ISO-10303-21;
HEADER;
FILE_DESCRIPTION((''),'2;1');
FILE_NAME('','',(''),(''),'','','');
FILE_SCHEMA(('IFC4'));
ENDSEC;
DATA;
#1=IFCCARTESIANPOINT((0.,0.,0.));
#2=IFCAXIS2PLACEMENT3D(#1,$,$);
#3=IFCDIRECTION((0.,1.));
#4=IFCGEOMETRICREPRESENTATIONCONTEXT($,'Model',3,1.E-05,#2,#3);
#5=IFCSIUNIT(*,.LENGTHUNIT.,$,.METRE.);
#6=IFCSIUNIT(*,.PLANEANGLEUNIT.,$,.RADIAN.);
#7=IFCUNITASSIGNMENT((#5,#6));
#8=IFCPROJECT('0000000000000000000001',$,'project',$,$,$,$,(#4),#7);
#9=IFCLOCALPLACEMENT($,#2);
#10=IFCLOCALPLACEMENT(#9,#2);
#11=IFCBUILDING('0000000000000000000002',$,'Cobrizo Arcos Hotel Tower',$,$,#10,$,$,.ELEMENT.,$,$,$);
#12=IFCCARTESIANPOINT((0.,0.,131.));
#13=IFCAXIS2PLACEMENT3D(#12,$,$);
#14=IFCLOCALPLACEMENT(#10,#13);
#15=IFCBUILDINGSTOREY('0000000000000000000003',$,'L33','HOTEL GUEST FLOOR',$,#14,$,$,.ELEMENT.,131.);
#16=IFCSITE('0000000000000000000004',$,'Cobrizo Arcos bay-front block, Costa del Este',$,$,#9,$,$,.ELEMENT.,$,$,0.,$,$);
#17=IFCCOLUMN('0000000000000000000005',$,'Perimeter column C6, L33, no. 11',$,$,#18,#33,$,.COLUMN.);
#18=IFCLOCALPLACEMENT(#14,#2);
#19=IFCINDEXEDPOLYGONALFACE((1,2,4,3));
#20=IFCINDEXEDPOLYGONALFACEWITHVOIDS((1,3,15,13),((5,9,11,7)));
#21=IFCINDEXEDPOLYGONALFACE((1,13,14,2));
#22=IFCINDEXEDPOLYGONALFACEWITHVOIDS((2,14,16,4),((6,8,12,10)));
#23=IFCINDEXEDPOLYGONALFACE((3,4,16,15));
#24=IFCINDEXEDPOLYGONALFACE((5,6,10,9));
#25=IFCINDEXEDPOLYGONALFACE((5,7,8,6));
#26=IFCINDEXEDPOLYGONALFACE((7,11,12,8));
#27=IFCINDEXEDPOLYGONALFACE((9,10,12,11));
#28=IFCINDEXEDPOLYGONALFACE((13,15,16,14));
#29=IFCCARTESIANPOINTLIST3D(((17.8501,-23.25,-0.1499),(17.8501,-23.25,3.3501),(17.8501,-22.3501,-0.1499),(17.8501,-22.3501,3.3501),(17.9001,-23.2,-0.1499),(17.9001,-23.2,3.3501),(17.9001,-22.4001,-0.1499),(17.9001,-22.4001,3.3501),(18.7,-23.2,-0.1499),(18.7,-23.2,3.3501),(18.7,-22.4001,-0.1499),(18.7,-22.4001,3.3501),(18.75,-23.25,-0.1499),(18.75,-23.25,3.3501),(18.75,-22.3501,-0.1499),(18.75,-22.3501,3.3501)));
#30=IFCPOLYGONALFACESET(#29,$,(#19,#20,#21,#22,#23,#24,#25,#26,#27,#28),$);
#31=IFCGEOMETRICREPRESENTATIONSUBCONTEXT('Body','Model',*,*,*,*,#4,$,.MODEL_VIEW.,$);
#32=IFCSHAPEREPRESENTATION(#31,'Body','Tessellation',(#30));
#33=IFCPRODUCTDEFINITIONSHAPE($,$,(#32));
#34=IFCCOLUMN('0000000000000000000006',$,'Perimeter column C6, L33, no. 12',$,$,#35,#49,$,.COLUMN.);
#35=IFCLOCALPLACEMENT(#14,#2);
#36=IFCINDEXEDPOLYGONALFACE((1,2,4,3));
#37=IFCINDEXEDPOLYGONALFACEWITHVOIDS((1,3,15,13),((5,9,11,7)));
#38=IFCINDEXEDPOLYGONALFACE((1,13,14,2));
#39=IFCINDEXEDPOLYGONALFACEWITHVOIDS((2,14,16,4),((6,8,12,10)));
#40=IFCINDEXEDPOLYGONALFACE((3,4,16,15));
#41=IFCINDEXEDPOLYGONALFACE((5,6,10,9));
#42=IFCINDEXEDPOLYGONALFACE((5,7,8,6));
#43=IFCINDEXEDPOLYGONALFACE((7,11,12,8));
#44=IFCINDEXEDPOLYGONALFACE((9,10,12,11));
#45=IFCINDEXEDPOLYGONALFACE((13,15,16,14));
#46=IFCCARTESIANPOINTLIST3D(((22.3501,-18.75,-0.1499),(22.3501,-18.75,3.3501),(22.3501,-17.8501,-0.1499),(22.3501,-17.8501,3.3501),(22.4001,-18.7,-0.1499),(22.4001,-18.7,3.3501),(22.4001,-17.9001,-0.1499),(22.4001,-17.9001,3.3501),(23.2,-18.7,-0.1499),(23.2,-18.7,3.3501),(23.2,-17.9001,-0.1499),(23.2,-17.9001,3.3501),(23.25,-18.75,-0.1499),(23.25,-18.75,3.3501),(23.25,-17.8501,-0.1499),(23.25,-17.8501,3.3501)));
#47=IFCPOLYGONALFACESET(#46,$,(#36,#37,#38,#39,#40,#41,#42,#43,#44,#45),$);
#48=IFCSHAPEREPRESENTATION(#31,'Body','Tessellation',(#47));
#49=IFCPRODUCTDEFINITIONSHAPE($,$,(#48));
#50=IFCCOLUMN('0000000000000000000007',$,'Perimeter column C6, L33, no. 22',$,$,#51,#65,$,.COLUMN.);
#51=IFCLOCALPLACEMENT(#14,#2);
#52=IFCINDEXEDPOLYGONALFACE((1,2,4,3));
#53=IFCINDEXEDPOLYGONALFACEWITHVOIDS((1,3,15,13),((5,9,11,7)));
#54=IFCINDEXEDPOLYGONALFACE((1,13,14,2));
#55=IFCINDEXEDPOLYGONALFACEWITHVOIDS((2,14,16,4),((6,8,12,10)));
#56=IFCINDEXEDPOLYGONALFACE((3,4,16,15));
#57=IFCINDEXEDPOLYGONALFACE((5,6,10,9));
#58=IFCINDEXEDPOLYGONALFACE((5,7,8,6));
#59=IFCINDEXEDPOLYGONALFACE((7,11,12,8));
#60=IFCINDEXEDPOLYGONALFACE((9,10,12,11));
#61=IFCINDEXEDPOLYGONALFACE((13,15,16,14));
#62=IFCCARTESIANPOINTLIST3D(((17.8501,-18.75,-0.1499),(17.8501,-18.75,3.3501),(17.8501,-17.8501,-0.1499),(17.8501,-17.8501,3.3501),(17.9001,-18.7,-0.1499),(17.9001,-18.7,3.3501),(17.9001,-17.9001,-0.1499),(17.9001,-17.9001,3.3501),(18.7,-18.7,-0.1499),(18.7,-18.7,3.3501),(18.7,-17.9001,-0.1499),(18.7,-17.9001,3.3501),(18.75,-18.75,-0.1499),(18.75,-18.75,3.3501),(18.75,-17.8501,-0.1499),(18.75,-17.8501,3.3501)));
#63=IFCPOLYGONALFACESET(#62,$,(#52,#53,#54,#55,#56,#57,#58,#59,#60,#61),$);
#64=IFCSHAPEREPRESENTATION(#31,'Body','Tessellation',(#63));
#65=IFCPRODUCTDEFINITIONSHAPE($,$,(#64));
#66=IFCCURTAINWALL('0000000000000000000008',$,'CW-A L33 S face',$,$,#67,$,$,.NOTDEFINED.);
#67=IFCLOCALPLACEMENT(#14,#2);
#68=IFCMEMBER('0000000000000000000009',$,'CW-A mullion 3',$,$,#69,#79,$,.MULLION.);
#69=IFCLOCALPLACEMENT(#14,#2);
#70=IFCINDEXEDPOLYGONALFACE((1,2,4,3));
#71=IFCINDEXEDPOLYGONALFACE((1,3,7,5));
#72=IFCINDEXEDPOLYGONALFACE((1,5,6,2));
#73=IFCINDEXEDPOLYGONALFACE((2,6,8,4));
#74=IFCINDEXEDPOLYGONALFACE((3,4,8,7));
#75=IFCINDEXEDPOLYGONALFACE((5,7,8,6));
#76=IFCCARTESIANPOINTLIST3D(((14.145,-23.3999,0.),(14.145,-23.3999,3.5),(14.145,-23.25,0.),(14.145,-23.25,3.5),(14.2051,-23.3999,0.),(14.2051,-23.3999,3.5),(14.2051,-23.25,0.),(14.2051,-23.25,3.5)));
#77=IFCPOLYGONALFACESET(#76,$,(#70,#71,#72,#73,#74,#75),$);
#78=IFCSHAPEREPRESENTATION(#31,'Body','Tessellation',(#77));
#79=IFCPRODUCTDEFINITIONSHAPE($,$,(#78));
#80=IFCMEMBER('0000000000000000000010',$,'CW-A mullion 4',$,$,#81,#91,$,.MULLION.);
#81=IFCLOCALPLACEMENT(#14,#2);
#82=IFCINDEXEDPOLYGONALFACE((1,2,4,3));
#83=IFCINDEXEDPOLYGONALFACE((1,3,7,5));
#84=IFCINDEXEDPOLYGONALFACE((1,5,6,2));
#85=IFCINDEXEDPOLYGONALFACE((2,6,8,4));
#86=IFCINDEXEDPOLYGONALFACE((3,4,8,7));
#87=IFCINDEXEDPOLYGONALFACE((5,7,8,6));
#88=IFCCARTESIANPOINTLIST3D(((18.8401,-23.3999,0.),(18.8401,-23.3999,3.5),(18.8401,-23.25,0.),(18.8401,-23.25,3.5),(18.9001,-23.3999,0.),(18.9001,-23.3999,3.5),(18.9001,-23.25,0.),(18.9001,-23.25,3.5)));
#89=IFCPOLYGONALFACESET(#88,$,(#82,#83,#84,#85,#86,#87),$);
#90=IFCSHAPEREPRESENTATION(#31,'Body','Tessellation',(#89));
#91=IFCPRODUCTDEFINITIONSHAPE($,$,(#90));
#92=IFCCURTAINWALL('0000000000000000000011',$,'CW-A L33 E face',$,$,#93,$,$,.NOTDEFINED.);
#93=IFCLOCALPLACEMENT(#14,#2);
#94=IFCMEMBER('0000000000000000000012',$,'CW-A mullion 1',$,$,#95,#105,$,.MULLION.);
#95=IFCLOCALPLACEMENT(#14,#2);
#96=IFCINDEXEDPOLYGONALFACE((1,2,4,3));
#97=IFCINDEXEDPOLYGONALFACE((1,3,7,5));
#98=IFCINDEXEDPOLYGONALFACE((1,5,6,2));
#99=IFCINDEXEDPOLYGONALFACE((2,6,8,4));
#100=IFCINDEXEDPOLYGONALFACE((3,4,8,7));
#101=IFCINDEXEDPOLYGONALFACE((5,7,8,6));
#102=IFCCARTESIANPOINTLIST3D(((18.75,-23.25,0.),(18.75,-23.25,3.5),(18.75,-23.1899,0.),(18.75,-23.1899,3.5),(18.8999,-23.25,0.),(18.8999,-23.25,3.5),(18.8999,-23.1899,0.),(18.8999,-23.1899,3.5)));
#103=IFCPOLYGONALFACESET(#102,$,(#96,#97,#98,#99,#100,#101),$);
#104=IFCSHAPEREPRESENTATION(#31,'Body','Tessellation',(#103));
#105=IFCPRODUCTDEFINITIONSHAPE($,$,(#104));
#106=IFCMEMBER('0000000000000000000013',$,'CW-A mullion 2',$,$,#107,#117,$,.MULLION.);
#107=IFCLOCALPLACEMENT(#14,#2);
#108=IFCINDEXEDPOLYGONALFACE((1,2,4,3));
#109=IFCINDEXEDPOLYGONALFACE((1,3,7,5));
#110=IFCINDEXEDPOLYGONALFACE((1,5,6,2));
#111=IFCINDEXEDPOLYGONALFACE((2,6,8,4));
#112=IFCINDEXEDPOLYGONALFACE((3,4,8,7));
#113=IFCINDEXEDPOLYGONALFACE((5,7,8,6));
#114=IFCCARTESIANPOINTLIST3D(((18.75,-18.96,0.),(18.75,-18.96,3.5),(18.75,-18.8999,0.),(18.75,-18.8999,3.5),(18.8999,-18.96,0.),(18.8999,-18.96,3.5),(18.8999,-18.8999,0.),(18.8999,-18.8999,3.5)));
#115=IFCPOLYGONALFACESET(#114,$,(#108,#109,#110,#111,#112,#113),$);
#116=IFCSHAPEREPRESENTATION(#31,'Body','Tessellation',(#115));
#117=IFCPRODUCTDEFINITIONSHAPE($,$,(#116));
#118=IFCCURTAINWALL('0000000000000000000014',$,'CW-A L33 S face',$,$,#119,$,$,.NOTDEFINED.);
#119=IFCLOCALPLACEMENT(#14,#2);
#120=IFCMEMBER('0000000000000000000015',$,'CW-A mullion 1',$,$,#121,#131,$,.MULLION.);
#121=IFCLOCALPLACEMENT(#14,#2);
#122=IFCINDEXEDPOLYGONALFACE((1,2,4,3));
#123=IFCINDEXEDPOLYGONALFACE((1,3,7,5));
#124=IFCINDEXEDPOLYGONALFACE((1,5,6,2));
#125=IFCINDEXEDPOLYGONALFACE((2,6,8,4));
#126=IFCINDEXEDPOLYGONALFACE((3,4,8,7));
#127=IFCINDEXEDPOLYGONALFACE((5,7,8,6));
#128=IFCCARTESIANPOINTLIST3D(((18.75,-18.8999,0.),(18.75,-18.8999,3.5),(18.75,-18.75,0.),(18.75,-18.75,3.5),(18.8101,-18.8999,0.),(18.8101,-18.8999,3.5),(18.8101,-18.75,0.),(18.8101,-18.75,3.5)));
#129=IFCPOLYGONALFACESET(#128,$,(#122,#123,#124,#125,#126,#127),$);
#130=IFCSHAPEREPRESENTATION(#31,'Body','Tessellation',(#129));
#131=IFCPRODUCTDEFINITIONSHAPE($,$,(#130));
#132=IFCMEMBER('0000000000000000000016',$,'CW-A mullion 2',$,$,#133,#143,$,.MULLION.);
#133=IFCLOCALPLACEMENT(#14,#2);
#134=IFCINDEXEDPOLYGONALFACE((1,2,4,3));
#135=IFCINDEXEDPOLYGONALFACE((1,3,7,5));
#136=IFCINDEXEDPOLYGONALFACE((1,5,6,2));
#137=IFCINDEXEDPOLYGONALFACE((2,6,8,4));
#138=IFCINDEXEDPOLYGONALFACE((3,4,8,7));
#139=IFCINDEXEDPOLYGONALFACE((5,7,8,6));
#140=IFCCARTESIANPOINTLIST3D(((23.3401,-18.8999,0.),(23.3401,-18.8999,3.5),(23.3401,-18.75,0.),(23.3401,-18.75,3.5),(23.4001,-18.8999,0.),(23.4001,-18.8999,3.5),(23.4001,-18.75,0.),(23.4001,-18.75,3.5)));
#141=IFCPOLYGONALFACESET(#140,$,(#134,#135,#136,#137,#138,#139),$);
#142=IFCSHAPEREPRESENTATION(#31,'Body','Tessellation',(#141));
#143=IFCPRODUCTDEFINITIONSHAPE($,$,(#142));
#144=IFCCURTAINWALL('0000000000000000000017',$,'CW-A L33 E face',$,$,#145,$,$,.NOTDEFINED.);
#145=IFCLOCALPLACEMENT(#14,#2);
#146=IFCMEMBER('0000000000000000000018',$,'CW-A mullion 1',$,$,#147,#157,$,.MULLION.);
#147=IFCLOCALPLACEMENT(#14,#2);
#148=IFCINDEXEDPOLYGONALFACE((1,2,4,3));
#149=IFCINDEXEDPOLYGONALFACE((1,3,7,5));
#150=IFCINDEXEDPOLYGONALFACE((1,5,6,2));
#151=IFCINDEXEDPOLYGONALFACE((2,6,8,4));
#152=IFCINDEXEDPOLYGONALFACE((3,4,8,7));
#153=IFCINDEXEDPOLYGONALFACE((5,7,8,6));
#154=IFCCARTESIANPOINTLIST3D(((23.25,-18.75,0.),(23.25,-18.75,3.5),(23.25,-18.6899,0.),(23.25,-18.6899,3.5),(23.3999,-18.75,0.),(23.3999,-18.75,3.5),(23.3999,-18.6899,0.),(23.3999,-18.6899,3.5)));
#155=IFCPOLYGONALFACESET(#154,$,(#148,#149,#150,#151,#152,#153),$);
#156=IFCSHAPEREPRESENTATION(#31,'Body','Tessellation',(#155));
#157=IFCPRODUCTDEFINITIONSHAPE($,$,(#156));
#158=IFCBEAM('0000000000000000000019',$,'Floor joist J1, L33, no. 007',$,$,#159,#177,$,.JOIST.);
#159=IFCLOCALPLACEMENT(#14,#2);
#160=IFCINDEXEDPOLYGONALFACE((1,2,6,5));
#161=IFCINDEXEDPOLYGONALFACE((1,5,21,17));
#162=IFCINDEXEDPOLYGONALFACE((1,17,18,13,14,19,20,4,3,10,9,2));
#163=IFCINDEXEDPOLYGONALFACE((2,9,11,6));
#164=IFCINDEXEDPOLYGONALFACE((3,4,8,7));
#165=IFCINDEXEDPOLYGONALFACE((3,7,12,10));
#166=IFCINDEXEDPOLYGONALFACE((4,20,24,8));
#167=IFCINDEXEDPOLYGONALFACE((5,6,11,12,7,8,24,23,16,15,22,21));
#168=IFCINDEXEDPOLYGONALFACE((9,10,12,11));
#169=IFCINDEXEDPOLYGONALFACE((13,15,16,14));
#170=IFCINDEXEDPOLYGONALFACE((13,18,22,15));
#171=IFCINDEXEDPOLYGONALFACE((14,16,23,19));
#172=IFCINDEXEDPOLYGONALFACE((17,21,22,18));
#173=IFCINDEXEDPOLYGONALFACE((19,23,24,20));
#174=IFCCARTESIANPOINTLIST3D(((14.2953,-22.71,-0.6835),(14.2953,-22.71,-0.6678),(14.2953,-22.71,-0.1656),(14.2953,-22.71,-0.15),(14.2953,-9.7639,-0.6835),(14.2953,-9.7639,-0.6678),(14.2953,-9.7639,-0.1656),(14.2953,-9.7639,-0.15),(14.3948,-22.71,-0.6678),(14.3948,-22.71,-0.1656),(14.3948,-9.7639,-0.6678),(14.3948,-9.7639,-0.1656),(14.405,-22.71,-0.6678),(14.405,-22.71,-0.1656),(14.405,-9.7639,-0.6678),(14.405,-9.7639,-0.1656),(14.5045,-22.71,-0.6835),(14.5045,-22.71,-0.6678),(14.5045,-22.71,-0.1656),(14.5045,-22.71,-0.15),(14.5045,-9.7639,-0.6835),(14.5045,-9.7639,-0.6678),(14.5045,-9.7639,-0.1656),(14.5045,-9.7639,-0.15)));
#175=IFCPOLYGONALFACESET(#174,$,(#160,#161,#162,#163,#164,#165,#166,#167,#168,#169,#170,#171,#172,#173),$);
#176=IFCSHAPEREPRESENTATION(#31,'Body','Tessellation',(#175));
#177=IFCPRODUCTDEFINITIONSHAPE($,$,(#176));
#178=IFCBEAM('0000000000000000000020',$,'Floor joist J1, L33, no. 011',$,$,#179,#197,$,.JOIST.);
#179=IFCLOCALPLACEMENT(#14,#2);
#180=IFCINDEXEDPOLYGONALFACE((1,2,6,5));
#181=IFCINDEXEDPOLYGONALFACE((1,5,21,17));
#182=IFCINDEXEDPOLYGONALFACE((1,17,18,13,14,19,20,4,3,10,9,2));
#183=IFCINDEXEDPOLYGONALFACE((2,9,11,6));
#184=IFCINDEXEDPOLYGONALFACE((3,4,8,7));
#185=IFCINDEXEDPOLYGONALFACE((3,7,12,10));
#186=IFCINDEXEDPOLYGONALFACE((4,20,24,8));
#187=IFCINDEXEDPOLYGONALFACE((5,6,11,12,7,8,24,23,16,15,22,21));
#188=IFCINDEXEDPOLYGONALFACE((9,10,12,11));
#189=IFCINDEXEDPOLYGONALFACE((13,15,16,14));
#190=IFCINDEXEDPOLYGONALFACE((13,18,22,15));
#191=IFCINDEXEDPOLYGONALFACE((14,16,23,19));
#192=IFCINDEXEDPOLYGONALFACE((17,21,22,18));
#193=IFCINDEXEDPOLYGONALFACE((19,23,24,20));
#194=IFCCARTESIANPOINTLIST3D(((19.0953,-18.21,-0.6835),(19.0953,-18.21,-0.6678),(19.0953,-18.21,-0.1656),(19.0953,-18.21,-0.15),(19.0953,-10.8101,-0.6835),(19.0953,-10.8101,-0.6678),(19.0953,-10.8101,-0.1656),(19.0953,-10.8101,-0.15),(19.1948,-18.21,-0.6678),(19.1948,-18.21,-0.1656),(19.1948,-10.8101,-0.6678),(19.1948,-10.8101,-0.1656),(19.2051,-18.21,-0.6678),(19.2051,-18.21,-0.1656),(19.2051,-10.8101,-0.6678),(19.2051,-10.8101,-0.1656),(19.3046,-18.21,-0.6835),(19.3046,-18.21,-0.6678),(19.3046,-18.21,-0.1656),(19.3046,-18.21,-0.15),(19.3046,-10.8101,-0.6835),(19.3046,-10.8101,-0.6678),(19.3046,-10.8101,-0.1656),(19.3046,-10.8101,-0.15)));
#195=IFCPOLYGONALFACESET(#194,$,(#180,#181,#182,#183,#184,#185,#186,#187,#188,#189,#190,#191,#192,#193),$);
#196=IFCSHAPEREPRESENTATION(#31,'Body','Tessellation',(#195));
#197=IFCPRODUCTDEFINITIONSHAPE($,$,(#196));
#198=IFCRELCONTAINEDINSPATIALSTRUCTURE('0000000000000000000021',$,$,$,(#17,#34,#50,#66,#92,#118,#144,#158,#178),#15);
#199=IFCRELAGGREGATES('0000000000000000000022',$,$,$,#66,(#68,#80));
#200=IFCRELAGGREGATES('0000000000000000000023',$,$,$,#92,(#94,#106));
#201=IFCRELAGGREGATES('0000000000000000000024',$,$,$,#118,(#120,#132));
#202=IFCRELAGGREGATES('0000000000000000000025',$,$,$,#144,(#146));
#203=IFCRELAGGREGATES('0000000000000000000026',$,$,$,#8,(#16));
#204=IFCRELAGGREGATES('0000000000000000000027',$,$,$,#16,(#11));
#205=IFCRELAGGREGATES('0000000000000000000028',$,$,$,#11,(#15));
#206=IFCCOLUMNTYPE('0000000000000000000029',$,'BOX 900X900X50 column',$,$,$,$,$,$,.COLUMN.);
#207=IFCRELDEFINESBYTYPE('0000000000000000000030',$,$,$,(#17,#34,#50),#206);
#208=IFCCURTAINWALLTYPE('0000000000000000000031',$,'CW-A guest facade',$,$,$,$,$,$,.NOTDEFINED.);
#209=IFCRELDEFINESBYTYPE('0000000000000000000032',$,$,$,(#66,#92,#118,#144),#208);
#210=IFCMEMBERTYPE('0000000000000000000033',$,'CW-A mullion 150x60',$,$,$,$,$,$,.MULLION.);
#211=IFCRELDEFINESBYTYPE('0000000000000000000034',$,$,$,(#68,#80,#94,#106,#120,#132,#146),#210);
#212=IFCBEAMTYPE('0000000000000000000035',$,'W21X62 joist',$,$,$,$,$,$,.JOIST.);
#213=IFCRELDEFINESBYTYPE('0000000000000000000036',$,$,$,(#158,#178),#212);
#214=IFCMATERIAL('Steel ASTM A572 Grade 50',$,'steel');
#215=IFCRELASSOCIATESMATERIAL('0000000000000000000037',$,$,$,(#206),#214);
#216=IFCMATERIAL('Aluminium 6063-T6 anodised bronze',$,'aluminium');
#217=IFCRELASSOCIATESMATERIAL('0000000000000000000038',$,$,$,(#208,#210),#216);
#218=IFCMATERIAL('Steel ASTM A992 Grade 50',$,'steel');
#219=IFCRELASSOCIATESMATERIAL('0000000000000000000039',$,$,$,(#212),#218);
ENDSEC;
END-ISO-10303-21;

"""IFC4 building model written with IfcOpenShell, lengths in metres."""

from ifc_helpers import new_model, si_unit, direction, frame, origin, origin_2d, place, context, subcontext, project, spatial, rectangle, hollow_rectangle, i_section, extrude, material, material_profile, profile_set, type_object, element, aggregate, save


model = new_model("IFC4")

# Units and contexts
model_context = context("Model", 3, precision=1e-05, world=origin(), true_north=direction((0.0, 1.0)))
body_context = subcontext(model_context, "Body", "Model", "MODEL_VIEW")
ifc_project = project(units=[si_unit("LENGTHUNIT", "METRE"), si_unit("PLANEANGLEUNIT", "RADIAN")], contexts=[model_context])

# Site, building, storey
site_placement = place(None, origin())
site = spatial("IfcSite", under=ifc_project, at=site_placement, Name="Cobrizo Arcos bay-front block, Costa del Este", CompositionType="ELEMENT", RefElevation=0.0)
building_placement = place(site_placement, origin())
building = spatial("IfcBuilding", under=site, at=building_placement, Name="Cobrizo Arcos Hotel Tower", CompositionType="ELEMENT")
storey_placement = place(building_placement, frame((0.0, 0.0, 131.0)))
storey = spatial("IfcBuildingStorey", under=building, at=storey_placement, Name="L33", Description="HOTEL GUEST FLOOR", CompositionType="ELEMENT", Elevation=131.0)

# Columns
ifc_material_1 = material(Name="Steel ASTM A572 Grade 50", Category="steel")
ifc_material_profile_1 = material_profile(ifc_material_1, hollow_rectangle(XDim=0.8999, YDim=0.8999, WallThickness=0.05, at=origin_2d()), Name="BOX 900X900X50")
ifc_profile_set_1 = profile_set([ifc_material_profile_1], Name="Steel ASTM A572 Grade 50")
column_type = type_object("IfcColumnType", Name="BOX 900X900X50 column", PredefinedType="COLUMN", material=ifc_profile_set_1)
for number, where, z_axis, x_axis, name in (
    (1, (18.3, -22.8, -0.1499), (0.0, 0.0, 1.0), (1.0, 0.0, 0.0), "Perimeter column C6, L33, no. 11"),
    (2, (22.8, -18.3, -0.1499), (0.0, 0.0, 1.0), (1.0, 0.0, 0.0), "Perimeter column C6, L33, no. 12"),
    (3, (18.3, -18.3, -0.1499), (0.0, 0.0, 1.0), (1.0, 0.0, 0.0), "Perimeter column C6, L33, no. 22"),
):
    element("IfcColumn", number, at=place(storey_placement, frame(where, z_axis=z_axis, x_axis=x_axis)), inside=storey, type_object=column_type, Name=name, PredefinedType="COLUMN", context=body_context, shape_type="SweptSolid", body=[
        extrude(hollow_rectangle(XDim=0.8999, YDim=0.8999, WallThickness=0.05, at=origin_2d()), origin(), (0.0, 0.0, 1.0), 3.5),
    ])

# Curtain walls, members
ifc_material_2 = material(Name="Aluminium 6063-T6 anodised bronze", Category="aluminium")
curtain_wall_type = type_object("IfcCurtainWallType", Name="CW-A guest facade", PredefinedType="NOTDEFINED", material=ifc_material_2)
curtain_wall_1_placement = place(storey_placement, origin())
curtain_wall_1 = element("IfcCurtainWall", 4, at=curtain_wall_1_placement, inside=storey, type_object=curtain_wall_type, Name="CW-A L33 S face", PredefinedType="NOTDEFINED")
ifc_material_profile_2 = material_profile(ifc_material_2, rectangle(XDim=0.1499, YDim=0.0601, at=origin_2d()), Name="CW-A mullion 150x60")
ifc_profile_set_2 = profile_set([ifc_material_profile_2], Name="Aluminium 6063-T6 anodised bronze")
member_type = type_object("IfcMemberType", Name="CW-A mullion 150x60", PredefinedType="MULLION", material=ifc_profile_set_2)
member_1_placement = place(storey_placement, frame((14.175, -23.325, 0.0), z_axis=(0.0, 0.0, 1.0), x_axis=(0.0, -1.0, 0.0)))
member_1 = element("IfcMember", 5, at=member_1_placement, type_object=member_type, Name="CW-A mullion 3", PredefinedType="MULLION", context=body_context, shape_type="SweptSolid", body=[
    extrude(rectangle(XDim=0.1499, YDim=0.0601, at=origin_2d()), origin(), (0.0, 0.0, 1.0), 3.5),
])
member_2_placement = place(storey_placement, frame((18.8701, -23.325, 0.0), z_axis=(0.0, 0.0, 1.0), x_axis=(0.0, -1.0, 0.0)))
member_2 = element("IfcMember", 6, at=member_2_placement, type_object=member_type, Name="CW-A mullion 4", PredefinedType="MULLION", context=body_context, shape_type="SweptSolid", body=[
    extrude(rectangle(XDim=0.1499, YDim=0.0601, at=origin_2d()), origin(), (0.0, 0.0, 1.0), 3.5),
])
curtain_wall_2_placement = place(storey_placement, origin())
curtain_wall_2 = element("IfcCurtainWall", 7, at=curtain_wall_2_placement, inside=storey, type_object=curtain_wall_type, Name="CW-A L33 E face", PredefinedType="NOTDEFINED")
member_3_placement = place(storey_placement, frame((18.825, -23.22, 0.0), z_axis=(0.0, 0.0, 1.0), x_axis=(1.0, 0.0, 0.0)))
member_3 = element("IfcMember", 8, at=member_3_placement, type_object=member_type, Name="CW-A mullion 1", PredefinedType="MULLION", context=body_context, shape_type="SweptSolid", body=[
    extrude(rectangle(XDim=0.1499, YDim=0.0601, at=origin_2d()), origin(), (0.0, 0.0, 1.0), 3.5),
])
member_4_placement = place(storey_placement, frame((18.825, -18.9299, 0.0), z_axis=(0.0, 0.0, 1.0), x_axis=(1.0, 0.0, 0.0)))
member_4 = element("IfcMember", 9, at=member_4_placement, type_object=member_type, Name="CW-A mullion 2", PredefinedType="MULLION", context=body_context, shape_type="SweptSolid", body=[
    extrude(rectangle(XDim=0.1499, YDim=0.0601, at=origin_2d()), origin(), (0.0, 0.0, 1.0), 3.5),
])
curtain_wall_3_placement = place(storey_placement, origin())
curtain_wall_3 = element("IfcCurtainWall", 10, at=curtain_wall_3_placement, inside=storey, type_object=curtain_wall_type, Name="CW-A L33 S face", PredefinedType="NOTDEFINED")
member_5_placement = place(storey_placement, frame((18.78, -18.825, 0.0), z_axis=(0.0, 0.0, 1.0), x_axis=(0.0, -1.0, 0.0)))
member_5 = element("IfcMember", 11, at=member_5_placement, type_object=member_type, Name="CW-A mullion 1", PredefinedType="MULLION", context=body_context, shape_type="SweptSolid", body=[
    extrude(rectangle(XDim=0.1499, YDim=0.0601, at=origin_2d()), origin(), (0.0, 0.0, 1.0), 3.5),
])
member_6_placement = place(storey_placement, frame((23.3701, -18.825, 0.0), z_axis=(0.0, 0.0, 1.0), x_axis=(0.0, -1.0, 0.0)))
member_6 = element("IfcMember", 12, at=member_6_placement, type_object=member_type, Name="CW-A mullion 2", PredefinedType="MULLION", context=body_context, shape_type="SweptSolid", body=[
    extrude(rectangle(XDim=0.1499, YDim=0.0601, at=origin_2d()), origin(), (0.0, 0.0, 1.0), 3.5),
])

# Curtain wall, member
curtain_wall_4_placement = place(storey_placement, origin())
curtain_wall_4 = element("IfcCurtainWall", 13, at=curtain_wall_4_placement, inside=storey, type_object=curtain_wall_type, Name="CW-A L33 E face", PredefinedType="NOTDEFINED")
member_7_placement = place(storey_placement, frame((23.325, -18.72, 0.0), z_axis=(0.0, 0.0, 1.0), x_axis=(1.0, 0.0, 0.0)))
member_7 = element("IfcMember", 14, at=member_7_placement, type_object=member_type, Name="CW-A mullion 1", PredefinedType="MULLION", context=body_context, shape_type="SweptSolid", body=[
    extrude(rectangle(XDim=0.1499, YDim=0.0601, at=origin_2d()), origin(), (0.0, 0.0, 1.0), 3.5),
])

# Beams
ifc_material_3 = material(Name="Steel ASTM A992 Grade 50", Category="steel")
ifc_material_profile_3 = material_profile(ifc_material_3, i_section(OverallWidth=0.2092, OverallDepth=0.5334, WebThickness=0.0103, FlangeThickness=0.0156, at=origin_2d()), Name="W21X62")
ifc_profile_set_3 = profile_set([ifc_material_profile_3], Name="Steel ASTM A992 Grade 50")
beam_type_1 = type_object("IfcBeamType", Name="W21X62 joist", PredefinedType="JOIST", material=ifc_profile_set_3)
beam_1_placement = place(storey_placement, frame((14.3999, -22.71, -0.4167), z_axis=(0.0, 1.0, 0.0), x_axis=(-1.0, 0.0, 0.0)))
element("IfcBeam", 15, at=beam_1_placement, inside=storey, type_object=beam_type_1, Name="Floor joist J1, L33, no. 007", PredefinedType="JOIST", context=body_context, shape_type="SweptSolid", body=[
    extrude(i_section(OverallWidth=0.2092, OverallDepth=0.5334, WebThickness=0.0103, FlangeThickness=0.0156, at=origin_2d()), origin(), (0.0, 0.0, 1.0), 12.946),
])
beam_2_placement = place(storey_placement, frame((19.2, -18.21, -0.4167), z_axis=(0.0, 1.0, 0.0), x_axis=(-1.0, 0.0, 0.0)))
element("IfcBeam", 16, at=beam_2_placement, inside=storey, type_object=beam_type_1, Name="Floor joist J1, L33, no. 011", PredefinedType="JOIST", context=body_context, shape_type="SweptSolid", body=[
    extrude(i_section(OverallWidth=0.2092, OverallDepth=0.5334, WebThickness=0.0103, FlangeThickness=0.0156, at=origin_2d()), origin(), (0.0, 0.0, 1.0), 7.3999),
])

aggregate(curtain_wall_1, [member_1, member_2])
aggregate(curtain_wall_2, [member_3, member_4])
aggregate(curtain_wall_3, [member_5, member_6])
aggregate(curtain_wall_4, [member_7])

save(model, "model.ifc")
